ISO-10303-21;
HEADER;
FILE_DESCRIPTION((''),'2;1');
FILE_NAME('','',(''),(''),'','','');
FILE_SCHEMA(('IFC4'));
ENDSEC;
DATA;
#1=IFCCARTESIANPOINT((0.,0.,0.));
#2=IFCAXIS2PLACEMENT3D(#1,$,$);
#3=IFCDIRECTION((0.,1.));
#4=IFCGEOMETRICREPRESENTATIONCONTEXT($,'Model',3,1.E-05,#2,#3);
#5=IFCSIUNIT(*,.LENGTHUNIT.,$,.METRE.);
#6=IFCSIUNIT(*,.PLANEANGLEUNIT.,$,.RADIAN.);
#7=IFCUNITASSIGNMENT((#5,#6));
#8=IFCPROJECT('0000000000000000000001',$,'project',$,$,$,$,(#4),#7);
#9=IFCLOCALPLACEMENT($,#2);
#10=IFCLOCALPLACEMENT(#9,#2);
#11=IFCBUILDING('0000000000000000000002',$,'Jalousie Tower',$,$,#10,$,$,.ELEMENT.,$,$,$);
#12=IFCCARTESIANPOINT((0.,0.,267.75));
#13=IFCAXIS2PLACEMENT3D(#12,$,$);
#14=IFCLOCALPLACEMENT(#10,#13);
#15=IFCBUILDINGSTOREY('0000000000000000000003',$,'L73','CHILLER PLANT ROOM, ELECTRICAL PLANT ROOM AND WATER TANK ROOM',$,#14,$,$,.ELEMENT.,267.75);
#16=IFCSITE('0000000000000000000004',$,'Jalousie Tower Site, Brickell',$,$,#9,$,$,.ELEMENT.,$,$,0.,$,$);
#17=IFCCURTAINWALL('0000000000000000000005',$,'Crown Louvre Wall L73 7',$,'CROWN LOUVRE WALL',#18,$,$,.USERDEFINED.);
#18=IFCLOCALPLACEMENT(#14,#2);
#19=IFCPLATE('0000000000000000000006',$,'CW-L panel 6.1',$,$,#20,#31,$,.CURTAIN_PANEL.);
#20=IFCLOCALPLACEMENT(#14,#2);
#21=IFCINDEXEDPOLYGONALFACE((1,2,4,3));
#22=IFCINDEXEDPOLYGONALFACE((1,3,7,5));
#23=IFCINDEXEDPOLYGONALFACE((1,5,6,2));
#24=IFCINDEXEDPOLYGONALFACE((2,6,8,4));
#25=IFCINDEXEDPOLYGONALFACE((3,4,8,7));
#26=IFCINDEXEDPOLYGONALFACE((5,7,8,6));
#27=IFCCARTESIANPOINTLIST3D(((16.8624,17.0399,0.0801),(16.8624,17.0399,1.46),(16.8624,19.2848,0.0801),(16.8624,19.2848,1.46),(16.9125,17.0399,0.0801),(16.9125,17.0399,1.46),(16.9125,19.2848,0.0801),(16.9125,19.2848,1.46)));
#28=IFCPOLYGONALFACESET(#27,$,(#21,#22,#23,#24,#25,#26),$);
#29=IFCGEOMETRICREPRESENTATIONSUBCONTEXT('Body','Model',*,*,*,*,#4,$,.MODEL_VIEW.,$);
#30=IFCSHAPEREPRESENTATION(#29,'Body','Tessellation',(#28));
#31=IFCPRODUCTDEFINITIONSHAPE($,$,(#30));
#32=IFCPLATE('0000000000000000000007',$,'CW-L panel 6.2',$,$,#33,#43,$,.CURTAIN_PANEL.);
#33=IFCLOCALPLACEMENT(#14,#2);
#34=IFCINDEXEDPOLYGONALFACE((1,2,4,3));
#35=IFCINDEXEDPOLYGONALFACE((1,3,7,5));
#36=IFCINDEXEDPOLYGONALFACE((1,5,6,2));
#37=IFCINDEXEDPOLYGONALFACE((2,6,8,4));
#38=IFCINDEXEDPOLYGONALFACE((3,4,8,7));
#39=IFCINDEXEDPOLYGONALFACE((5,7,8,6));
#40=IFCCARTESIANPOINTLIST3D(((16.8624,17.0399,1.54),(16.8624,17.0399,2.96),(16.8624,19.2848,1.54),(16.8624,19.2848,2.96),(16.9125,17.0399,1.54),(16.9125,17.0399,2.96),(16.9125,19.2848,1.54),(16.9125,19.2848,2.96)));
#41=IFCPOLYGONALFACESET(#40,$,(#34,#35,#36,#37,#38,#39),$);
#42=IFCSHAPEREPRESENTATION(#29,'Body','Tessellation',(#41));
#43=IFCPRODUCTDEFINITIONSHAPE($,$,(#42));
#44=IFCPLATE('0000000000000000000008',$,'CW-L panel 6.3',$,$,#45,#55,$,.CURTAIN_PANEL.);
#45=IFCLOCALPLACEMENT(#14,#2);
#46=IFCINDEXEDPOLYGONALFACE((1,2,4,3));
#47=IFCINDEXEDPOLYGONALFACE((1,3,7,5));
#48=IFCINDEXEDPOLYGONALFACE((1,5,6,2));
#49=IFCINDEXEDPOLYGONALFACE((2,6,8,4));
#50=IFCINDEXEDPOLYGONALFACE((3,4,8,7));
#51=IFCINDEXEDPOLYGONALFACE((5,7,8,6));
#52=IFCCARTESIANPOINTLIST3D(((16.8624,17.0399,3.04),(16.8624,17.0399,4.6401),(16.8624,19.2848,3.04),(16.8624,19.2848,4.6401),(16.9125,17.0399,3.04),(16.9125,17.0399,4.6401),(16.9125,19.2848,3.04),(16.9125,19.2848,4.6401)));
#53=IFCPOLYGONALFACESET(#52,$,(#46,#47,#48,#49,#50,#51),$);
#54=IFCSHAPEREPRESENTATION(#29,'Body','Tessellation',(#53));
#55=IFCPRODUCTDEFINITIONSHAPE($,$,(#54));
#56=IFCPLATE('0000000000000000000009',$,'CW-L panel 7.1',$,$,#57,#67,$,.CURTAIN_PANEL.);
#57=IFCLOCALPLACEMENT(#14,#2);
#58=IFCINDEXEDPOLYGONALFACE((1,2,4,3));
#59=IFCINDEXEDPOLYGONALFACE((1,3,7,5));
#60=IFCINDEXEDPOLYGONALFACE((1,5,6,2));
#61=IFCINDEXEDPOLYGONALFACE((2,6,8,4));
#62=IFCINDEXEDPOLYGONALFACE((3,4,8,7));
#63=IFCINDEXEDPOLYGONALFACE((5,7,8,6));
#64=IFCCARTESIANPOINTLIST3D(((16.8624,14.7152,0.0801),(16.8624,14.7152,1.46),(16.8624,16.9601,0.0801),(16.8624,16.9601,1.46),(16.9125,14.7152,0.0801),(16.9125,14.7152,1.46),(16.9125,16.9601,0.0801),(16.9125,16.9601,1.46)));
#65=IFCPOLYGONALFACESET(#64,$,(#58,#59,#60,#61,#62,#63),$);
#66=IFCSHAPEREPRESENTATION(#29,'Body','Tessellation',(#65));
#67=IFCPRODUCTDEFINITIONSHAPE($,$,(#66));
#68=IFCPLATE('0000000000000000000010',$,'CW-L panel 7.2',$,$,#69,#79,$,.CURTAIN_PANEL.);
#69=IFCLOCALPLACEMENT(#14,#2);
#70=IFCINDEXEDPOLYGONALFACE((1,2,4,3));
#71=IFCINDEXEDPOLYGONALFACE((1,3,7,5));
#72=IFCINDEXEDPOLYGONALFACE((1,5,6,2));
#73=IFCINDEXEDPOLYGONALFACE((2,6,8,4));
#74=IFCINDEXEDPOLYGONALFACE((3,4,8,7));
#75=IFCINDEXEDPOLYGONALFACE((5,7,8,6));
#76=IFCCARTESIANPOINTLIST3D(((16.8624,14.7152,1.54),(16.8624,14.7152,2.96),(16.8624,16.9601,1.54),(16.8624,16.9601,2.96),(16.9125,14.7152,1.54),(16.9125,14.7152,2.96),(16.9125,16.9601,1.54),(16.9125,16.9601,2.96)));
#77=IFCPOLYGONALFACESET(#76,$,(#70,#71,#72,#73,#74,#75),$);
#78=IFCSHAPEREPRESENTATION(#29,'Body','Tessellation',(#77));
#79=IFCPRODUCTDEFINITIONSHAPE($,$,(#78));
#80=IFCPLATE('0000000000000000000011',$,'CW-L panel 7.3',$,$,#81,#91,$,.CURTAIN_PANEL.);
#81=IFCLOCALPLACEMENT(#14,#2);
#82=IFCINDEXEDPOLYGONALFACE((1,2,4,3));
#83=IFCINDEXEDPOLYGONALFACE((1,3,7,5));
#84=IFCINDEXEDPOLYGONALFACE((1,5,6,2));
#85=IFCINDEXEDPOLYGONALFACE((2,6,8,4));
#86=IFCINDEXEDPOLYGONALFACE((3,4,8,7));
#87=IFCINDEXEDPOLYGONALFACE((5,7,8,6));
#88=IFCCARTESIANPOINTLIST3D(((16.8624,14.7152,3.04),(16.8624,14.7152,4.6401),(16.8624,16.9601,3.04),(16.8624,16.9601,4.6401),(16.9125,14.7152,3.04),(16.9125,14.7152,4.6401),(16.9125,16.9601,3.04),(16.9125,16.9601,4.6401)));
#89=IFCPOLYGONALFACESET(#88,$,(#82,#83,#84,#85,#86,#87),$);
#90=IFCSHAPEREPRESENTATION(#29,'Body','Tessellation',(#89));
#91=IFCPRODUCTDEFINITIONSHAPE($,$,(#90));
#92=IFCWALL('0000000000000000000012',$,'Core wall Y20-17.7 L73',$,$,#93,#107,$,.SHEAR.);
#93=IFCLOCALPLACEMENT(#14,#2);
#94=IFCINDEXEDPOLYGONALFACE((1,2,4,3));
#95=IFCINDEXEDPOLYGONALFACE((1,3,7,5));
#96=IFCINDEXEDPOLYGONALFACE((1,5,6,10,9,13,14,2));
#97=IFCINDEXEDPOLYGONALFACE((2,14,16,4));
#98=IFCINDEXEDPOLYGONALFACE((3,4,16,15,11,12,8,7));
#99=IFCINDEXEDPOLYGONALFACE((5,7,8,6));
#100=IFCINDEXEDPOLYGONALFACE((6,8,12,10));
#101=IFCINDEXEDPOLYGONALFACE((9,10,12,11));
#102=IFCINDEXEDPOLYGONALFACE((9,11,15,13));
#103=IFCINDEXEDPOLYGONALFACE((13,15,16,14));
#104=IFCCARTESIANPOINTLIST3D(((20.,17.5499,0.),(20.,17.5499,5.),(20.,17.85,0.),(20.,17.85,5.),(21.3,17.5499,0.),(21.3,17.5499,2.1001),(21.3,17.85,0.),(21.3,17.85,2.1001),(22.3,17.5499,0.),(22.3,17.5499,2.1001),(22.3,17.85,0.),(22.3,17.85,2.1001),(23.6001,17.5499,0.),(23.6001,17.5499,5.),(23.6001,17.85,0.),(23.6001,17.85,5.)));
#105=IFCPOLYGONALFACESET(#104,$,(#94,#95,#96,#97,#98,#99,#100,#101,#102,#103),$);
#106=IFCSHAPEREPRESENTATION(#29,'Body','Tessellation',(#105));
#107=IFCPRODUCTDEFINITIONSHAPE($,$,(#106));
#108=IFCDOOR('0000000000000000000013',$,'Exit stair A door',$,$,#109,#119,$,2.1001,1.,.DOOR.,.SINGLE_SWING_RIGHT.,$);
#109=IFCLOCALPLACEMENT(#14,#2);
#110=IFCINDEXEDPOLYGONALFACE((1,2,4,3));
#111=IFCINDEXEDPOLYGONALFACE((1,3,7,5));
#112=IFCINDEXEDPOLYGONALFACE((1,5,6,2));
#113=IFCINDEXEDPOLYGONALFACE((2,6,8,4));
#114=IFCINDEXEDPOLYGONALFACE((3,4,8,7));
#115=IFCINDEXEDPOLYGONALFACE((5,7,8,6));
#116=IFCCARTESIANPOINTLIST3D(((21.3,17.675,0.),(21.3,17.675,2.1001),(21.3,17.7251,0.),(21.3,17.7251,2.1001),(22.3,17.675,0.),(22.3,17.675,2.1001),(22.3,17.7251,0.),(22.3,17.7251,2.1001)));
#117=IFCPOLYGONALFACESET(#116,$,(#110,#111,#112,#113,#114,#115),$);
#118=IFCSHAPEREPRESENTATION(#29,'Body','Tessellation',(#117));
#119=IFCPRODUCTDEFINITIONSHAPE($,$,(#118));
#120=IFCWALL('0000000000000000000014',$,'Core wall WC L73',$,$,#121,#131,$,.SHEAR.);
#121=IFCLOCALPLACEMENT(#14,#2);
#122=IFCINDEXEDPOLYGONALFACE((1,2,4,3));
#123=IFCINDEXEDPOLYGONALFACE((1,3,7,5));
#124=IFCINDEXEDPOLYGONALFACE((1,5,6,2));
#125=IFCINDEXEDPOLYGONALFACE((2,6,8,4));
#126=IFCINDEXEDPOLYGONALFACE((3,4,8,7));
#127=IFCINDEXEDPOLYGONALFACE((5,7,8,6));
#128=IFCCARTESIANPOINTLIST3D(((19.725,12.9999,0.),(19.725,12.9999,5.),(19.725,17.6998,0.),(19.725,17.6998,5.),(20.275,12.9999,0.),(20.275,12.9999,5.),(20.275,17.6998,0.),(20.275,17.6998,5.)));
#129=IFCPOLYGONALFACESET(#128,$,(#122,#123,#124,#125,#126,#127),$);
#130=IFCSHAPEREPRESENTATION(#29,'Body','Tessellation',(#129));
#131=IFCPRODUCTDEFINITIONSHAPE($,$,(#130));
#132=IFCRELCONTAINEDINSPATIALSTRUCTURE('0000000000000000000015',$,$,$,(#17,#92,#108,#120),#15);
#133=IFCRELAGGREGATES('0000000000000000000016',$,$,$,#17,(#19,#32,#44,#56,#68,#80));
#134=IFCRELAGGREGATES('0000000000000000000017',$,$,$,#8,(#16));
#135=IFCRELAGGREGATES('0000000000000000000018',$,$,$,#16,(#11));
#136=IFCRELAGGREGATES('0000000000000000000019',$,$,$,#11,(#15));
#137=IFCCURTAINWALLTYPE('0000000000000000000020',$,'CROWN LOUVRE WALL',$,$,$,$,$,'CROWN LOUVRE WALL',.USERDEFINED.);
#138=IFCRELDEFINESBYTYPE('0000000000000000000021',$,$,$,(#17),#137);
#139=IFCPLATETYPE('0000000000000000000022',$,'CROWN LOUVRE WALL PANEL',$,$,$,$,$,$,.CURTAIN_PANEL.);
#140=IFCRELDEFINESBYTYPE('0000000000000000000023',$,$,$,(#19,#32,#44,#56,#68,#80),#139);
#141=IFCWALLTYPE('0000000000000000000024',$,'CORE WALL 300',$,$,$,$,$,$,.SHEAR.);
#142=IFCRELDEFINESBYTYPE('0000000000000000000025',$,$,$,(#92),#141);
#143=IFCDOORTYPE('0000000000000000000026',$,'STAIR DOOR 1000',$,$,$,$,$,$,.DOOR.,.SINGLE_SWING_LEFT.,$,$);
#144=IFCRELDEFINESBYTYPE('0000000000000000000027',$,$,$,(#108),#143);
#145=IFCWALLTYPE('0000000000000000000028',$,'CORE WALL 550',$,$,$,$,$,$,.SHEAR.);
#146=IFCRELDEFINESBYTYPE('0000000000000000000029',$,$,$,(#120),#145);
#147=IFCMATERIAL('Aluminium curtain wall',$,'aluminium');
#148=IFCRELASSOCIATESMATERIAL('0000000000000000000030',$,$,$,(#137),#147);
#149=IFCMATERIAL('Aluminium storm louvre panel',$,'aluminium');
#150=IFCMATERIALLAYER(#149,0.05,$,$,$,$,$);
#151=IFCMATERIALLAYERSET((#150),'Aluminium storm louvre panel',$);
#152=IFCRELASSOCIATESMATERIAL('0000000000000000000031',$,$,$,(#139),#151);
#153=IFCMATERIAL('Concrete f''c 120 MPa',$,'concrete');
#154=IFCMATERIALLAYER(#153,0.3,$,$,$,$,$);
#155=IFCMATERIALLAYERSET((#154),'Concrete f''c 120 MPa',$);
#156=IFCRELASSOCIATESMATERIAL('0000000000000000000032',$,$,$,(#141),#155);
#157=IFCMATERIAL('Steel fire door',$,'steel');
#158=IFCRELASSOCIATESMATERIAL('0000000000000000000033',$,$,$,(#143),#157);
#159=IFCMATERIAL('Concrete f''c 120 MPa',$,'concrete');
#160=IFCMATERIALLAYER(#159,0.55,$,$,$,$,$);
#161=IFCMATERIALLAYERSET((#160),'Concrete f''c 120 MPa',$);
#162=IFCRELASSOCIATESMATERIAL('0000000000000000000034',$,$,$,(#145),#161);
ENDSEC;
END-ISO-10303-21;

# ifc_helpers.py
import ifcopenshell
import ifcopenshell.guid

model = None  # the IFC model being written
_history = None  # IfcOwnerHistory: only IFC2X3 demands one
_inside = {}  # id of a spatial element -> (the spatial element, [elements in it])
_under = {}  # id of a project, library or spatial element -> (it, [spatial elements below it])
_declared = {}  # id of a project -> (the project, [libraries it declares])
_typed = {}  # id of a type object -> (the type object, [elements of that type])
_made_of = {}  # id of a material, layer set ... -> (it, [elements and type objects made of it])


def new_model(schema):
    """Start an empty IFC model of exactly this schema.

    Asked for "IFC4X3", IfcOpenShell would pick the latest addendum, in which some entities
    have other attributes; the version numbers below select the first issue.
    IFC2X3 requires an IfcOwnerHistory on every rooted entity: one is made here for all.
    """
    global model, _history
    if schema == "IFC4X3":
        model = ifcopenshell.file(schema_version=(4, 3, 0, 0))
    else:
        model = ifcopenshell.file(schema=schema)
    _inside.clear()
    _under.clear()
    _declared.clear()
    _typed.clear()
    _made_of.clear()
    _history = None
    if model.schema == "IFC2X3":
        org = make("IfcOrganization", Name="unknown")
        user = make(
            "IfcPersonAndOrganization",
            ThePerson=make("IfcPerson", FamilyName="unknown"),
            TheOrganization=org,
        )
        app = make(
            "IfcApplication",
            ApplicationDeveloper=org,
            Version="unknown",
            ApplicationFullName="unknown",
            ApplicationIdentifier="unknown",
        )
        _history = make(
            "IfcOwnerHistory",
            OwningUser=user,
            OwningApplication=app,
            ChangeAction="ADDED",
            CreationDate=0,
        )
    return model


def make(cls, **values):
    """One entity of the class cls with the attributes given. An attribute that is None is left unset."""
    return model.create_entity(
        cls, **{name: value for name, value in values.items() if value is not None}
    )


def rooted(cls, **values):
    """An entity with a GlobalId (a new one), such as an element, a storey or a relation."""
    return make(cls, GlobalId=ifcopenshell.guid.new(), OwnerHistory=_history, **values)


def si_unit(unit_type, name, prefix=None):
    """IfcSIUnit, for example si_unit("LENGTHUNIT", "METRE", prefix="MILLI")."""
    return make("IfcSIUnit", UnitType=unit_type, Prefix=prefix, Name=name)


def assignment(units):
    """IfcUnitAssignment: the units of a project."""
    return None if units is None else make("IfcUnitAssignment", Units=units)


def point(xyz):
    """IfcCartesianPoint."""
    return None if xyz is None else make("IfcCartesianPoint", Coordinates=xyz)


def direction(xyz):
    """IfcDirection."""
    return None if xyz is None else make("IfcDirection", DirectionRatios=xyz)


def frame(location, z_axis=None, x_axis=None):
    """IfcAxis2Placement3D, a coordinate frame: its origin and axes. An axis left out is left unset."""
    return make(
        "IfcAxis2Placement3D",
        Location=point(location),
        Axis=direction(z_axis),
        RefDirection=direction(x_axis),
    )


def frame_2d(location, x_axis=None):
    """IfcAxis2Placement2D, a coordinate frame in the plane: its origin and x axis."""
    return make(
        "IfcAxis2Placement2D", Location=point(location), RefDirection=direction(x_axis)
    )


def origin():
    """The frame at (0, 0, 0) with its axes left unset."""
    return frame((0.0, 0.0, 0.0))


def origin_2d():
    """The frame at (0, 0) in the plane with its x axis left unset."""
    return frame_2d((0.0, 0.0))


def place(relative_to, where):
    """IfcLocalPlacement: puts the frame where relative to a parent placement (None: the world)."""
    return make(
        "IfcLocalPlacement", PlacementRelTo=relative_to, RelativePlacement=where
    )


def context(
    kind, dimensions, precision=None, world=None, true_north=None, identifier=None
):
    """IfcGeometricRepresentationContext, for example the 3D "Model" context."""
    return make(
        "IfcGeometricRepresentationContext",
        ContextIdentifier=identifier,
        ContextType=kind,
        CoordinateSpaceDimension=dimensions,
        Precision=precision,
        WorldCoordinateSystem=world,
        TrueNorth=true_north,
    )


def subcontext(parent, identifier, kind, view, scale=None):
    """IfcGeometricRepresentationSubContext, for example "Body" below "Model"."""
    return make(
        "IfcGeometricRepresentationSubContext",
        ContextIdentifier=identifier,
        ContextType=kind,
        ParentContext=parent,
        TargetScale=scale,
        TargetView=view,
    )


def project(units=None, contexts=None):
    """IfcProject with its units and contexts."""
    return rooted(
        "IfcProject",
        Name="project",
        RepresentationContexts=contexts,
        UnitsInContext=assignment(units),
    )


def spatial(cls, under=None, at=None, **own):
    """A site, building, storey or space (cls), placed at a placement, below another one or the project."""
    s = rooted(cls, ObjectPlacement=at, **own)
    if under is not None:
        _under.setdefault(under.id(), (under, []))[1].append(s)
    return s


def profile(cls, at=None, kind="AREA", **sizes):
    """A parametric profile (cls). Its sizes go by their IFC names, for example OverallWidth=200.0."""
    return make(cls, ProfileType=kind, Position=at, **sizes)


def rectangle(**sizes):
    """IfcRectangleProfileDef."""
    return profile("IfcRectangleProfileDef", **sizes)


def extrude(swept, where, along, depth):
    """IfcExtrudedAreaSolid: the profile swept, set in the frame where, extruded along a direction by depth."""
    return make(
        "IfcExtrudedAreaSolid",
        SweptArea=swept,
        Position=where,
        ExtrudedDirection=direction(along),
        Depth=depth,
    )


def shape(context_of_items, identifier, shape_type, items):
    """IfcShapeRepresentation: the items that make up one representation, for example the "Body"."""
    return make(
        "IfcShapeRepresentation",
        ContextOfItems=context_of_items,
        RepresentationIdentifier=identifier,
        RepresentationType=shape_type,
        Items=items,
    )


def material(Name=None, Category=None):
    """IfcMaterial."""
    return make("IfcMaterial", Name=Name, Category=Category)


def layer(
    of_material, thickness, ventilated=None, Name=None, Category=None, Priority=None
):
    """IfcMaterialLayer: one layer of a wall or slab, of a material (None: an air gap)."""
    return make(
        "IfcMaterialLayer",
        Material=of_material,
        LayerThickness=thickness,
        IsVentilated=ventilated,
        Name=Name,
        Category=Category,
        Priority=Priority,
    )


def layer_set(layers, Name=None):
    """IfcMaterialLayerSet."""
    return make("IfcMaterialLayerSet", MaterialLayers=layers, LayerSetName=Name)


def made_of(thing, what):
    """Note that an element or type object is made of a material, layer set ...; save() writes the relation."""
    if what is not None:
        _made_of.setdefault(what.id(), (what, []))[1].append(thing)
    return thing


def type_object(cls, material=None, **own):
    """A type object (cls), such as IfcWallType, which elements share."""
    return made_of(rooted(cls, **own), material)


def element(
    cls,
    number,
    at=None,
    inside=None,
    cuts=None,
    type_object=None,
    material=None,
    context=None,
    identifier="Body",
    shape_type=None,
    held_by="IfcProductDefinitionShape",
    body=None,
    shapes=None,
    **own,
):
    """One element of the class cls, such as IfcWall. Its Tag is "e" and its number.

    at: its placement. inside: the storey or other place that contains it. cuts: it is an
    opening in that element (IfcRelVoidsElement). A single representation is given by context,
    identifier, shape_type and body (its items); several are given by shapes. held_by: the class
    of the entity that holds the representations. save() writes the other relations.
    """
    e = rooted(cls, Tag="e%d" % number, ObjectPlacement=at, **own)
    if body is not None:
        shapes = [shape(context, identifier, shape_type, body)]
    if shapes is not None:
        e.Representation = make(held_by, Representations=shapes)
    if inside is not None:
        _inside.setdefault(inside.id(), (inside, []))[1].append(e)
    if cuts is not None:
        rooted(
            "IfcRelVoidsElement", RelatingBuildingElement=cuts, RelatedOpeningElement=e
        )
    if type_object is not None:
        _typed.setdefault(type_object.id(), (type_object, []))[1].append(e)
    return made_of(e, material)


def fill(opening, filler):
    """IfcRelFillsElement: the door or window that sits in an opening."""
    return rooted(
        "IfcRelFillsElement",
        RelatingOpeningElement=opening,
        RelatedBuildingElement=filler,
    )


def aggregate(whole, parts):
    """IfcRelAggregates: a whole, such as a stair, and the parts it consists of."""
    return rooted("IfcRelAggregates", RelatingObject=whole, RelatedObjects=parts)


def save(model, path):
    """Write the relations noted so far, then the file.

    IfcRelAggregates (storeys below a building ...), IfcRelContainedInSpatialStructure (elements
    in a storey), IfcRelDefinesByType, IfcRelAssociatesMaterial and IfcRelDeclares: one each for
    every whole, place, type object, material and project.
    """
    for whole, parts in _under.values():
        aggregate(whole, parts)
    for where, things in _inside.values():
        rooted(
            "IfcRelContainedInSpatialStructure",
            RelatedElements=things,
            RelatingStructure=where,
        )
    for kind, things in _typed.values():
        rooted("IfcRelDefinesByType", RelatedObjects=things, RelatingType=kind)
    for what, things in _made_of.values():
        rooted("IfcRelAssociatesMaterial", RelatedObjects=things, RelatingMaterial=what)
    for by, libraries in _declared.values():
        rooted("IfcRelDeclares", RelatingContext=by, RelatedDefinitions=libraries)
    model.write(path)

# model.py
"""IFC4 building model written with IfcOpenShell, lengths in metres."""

from ifc_helpers import new_model, si_unit, direction, frame, frame_2d, origin, origin_2d, place, context, subcontext, project, spatial, rectangle, extrude, material, layer, layer_set, type_object, element, fill, aggregate, save


model = new_model("IFC4")

# Units and contexts
model_context = context("Model", 3, precision=1e-05, world=origin(), true_north=direction((0.0, 1.0)))
body_context = subcontext(model_context, "Body", "Model", "MODEL_VIEW")
ifc_project = project(units=[si_unit("LENGTHUNIT", "METRE"), si_unit("PLANEANGLEUNIT", "RADIAN")], contexts=[model_context])

# Site, building, storey
site_placement = place(None, origin())
site = spatial("IfcSite", under=ifc_project, at=site_placement, Name="Jalousie Tower Site, Brickell", CompositionType="ELEMENT", RefElevation=0.0)
building_placement = place(site_placement, origin())
building = spatial("IfcBuilding", under=site, at=building_placement, Name="Jalousie Tower", CompositionType="ELEMENT")
storey_placement = place(building_placement, frame((0.0, 0.0, 267.75)))
storey = spatial("IfcBuildingStorey", under=building, at=storey_placement, Name="L73", Description="CHILLER PLANT ROOM, ELECTRICAL PLANT ROOM AND WATER TANK ROOM", CompositionType="ELEMENT", Elevation=267.75)

# Curtain wall, plates
ifc_material_1 = material(Name="Aluminium curtain wall", Category="aluminium")
curtain_wall_type = type_object("IfcCurtainWallType", Name="CROWN LOUVRE WALL", ElementType="CROWN LOUVRE WALL", PredefinedType="USERDEFINED", material=ifc_material_1)
curtain_wall_placement = place(storey_placement, origin())
curtain_wall = element("IfcCurtainWall", 1, at=curtain_wall_placement, inside=storey, type_object=curtain_wall_type, Name="Crown Louvre Wall L73 7", ObjectType="CROWN LOUVRE WALL", PredefinedType="USERDEFINED")
ifc_material_2 = material(Name="Aluminium storm louvre panel", Category="aluminium")
ifc_layer_1 = layer(ifc_material_2, 0.05)
ifc_layer_set_1 = layer_set([ifc_layer_1], Name="Aluminium storm louvre panel")
plate_type = type_object("IfcPlateType", Name="CROWN LOUVRE WALL PANEL", PredefinedType="CURTAIN_PANEL", material=ifc_layer_set_1)
plate_1_placement = place(storey_placement, frame((16.8875, 18.1624, 0.0801), z_axis=(0.0, 0.0, 1.0), x_axis=(0.0, -1.0, 0.0)))
plate_1 = element("IfcPlate", 2, at=plate_1_placement, type_object=plate_type, Name="CW-L panel 6.1", PredefinedType="CURTAIN_PANEL", context=body_context, shape_type="SweptSolid", body=[
    extrude(rectangle(XDim=2.2449, YDim=0.05, at=origin_2d()), origin(), (0.0, 0.0, 1.0), 1.3799),
])
plate_2_placement = place(storey_placement, frame((16.8875, 18.1624, 1.54), z_axis=(0.0, 0.0, 1.0), x_axis=(0.0, -1.0, 0.0)))
plate_2 = element("IfcPlate", 3, at=plate_2_placement, type_object=plate_type, Name="CW-L panel 6.2", PredefinedType="CURTAIN_PANEL", context=body_context, shape_type="SweptSolid", body=[
    extrude(rectangle(XDim=2.2449, YDim=0.05, at=origin_2d()), origin(), (0.0, 0.0, 1.0), 1.4199),
])
plate_3_placement = place(storey_placement, frame((16.8875, 18.1624, 3.04), z_axis=(0.0, 0.0, 1.0), x_axis=(0.0, -1.0, 0.0)))
plate_3 = element("IfcPlate", 4, at=plate_3_placement, type_object=plate_type, Name="CW-L panel 6.3", PredefinedType="CURTAIN_PANEL", context=body_context, shape_type="SweptSolid", body=[
    extrude(rectangle(XDim=2.2449, YDim=0.05, at=origin_2d()), origin(), (0.0, 0.0, 1.0), 1.6001),
])
plate_4_placement = place(storey_placement, frame((16.8875, 15.8376, 0.0801), z_axis=(0.0, 0.0, 1.0), x_axis=(0.0, -1.0, 0.0)))
plate_4 = element("IfcPlate", 5, at=plate_4_placement, type_object=plate_type, Name="CW-L panel 7.1", PredefinedType="CURTAIN_PANEL", context=body_context, shape_type="SweptSolid", body=[
    extrude(rectangle(XDim=2.2449, YDim=0.05, at=origin_2d()), origin(), (0.0, 0.0, 1.0), 1.3799),
])
plate_5_placement = place(storey_placement, frame((16.8875, 15.8376, 1.54), z_axis=(0.0, 0.0, 1.0), x_axis=(0.0, -1.0, 0.0)))
plate_5 = element("IfcPlate", 6, at=plate_5_placement, type_object=plate_type, Name="CW-L panel 7.2", PredefinedType="CURTAIN_PANEL", context=body_context, shape_type="SweptSolid", body=[
    extrude(rectangle(XDim=2.2449, YDim=0.05, at=origin_2d()), origin(), (0.0, 0.0, 1.0), 1.4199),
])
plate_6_placement = place(storey_placement, frame((16.8875, 15.8376, 3.04), z_axis=(0.0, 0.0, 1.0), x_axis=(0.0, -1.0, 0.0)))
plate_6 = element("IfcPlate", 7, at=plate_6_placement, type_object=plate_type, Name="CW-L panel 7.3", PredefinedType="CURTAIN_PANEL", context=body_context, shape_type="SweptSolid", body=[
    extrude(rectangle(XDim=2.2449, YDim=0.05, at=origin_2d()), origin(), (0.0, 0.0, 1.0), 1.6001),
])
aggregate(curtain_wall, [plate_1, plate_2, plate_3, plate_4, plate_5, plate_6])

# Wall, opening, door
ifc_material_3 = material(Name="Concrete f'c 120 MPa", Category="concrete")
ifc_layer_2 = layer(ifc_material_3, 0.3)
ifc_layer_set_2 = layer_set([ifc_layer_2], Name="Concrete f'c 120 MPa")
wall_type_1 = type_object("IfcWallType", Name="CORE WALL 300", PredefinedType="SHEAR", material=ifc_layer_set_2)
wall_1_placement = place(storey_placement, frame((20.0, 17.7, 0.0), z_axis=(0.0, 0.0, 1.0), x_axis=(1.0, 0.0, 0.0)))
wall_1 = element("IfcWall", 8, at=wall_1_placement, inside=storey, type_object=wall_type_1, Name="Core wall Y20-17.7 L73", PredefinedType="SHEAR", context=body_context, shape_type="SweptSolid", body=[
    extrude(rectangle(XDim=3.6001, YDim=0.3, at=frame_2d((1.8, 0.0))), origin(), (0.0, 0.0, 1.0), 5.0),
])
opening_placement = place(wall_1_placement, frame((1.3, 0.0, 0.0)))
opening = element("IfcOpeningElement", 9, at=opening_placement, cuts=wall_1, PredefinedType="OPENING", context=body_context, shape_type="SweptSolid", body=[
    extrude(rectangle(XDim=1.0, YDim=2.1001, at=frame_2d((0.5, 1.05))), frame((0.0, 0.1599, 0.0), z_axis=(0.0, -1.0, 0.0), x_axis=(1.0, 0.0, 0.0)), (0.0, 0.0, 1.0), 0.3201),
])
ifc_material_4 = material(Name="Steel fire door", Category="steel")
door_type = type_object("IfcDoorType", Name="STAIR DOOR 1000", OperationType="SINGLE_SWING_LEFT", PredefinedType="DOOR", material=ifc_material_4)
door_placement = place(opening_placement, frame((1.0, 0.0, 0.0), z_axis=(0.0, 0.0, 1.0), x_axis=(-1.0, 0.0, 0.0)))
door = element("IfcDoor", 10, at=door_placement, inside=storey, type_object=door_type, Name="Exit stair A door", OperationType="SINGLE_SWING_RIGHT", OverallHeight=2.1001, OverallWidth=1.0, PredefinedType="DOOR", context=body_context, shape_type="SweptSolid", body=[
    extrude(rectangle(XDim=1.0, YDim=2.1001, at=frame_2d((0.5, 1.05))), frame((0.0, 0.0249, 0.0), z_axis=(0.0, -1.0, 0.0), x_axis=(1.0, 0.0, 0.0)), (0.0, 0.0, 1.0), 0.05),
])
fill(opening, door)

# Wall
ifc_material_5 = material(Name="Concrete f'c 120 MPa", Category="concrete")
ifc_layer_3 = layer(ifc_material_5, 0.55)
ifc_layer_set_3 = layer_set([ifc_layer_3], Name="Concrete f'c 120 MPa")
wall_type_2 = type_object("IfcWallType", Name="CORE WALL 550", PredefinedType="SHEAR", material=ifc_layer_set_3)
wall_2_placement = place(storey_placement, frame((20.0, 17.7, 0.0), z_axis=(0.0, 0.0, 1.0), x_axis=(0.0, -1.0, 0.0)))
element("IfcWall", 11, at=wall_2_placement, inside=storey, type_object=wall_type_2, Name="Core wall WC L73", PredefinedType="SHEAR", context=body_context, shape_type="SweptSolid", body=[
    extrude(rectangle(XDim=4.7, YDim=0.55, at=frame_2d((2.3501, 0.0))), origin(), (0.0, 0.0, 1.0), 5.0),
])

save(model, "model.ifc")
